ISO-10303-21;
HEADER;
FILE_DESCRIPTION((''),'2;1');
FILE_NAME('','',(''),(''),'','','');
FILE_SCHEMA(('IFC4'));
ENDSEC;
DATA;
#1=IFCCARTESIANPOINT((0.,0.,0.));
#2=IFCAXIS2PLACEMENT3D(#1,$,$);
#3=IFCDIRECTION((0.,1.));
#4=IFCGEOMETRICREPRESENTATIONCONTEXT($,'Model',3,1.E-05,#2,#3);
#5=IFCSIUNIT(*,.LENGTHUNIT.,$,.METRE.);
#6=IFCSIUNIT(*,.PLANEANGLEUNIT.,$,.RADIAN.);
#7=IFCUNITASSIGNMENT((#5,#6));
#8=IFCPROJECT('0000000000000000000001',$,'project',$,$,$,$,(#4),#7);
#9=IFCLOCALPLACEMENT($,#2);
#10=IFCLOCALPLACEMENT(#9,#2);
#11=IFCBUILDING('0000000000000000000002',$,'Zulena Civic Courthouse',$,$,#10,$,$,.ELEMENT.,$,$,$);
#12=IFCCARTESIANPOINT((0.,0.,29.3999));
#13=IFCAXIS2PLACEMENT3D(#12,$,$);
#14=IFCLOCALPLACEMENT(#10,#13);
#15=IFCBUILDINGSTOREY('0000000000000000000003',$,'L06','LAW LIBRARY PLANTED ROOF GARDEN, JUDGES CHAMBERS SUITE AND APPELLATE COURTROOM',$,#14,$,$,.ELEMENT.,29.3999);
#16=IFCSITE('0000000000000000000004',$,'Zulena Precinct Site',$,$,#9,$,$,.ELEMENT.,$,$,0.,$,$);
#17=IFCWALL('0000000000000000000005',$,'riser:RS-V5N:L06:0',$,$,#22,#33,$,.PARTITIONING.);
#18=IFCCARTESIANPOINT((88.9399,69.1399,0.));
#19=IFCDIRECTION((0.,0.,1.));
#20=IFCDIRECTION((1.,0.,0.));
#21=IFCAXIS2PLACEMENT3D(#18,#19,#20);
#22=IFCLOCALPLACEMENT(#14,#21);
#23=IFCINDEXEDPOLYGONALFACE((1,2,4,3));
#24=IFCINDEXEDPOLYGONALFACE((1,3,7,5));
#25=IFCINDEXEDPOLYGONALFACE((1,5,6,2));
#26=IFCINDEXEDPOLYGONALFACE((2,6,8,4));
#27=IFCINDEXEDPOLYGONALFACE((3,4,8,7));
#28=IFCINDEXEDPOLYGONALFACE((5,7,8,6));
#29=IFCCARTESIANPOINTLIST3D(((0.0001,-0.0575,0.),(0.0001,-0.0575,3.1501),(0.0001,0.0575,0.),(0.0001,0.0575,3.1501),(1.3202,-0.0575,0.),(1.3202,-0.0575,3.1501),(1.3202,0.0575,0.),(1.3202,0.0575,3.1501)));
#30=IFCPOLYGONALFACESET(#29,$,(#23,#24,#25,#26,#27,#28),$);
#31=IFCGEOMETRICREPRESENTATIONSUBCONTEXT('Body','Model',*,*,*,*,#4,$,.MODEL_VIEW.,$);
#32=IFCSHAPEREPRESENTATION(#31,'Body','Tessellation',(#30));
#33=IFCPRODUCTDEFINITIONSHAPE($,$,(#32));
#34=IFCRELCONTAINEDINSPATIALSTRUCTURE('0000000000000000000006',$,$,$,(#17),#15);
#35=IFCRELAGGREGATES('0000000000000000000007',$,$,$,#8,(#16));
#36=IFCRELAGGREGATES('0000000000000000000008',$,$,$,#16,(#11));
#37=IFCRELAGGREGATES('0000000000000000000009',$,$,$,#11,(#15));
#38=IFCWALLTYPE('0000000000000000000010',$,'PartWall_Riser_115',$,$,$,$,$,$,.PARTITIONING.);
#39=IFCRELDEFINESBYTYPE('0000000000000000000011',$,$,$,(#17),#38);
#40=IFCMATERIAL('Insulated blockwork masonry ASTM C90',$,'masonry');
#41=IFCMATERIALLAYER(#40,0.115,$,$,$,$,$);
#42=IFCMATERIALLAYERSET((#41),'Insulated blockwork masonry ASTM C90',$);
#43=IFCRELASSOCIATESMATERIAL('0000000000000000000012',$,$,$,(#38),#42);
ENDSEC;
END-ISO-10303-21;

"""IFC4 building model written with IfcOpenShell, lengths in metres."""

from ifc_helpers import new_model, si_unit, direction, frame, frame_2d, origin, place, context, subcontext, project, spatial, rectangle, extrude, material, layer, layer_set, type_object, element, save


model = new_model("IFC4")

# Units and contexts
model_context = context("Model", 3, precision=1e-05, world=origin(), true_north=direction((0.0, 1.0)))
body_context = subcontext(model_context, "Body", "Model", "MODEL_VIEW")
ifc_project = project(units=[si_unit("LENGTHUNIT", "METRE"), si_unit("PLANEANGLEUNIT", "RADIAN")], contexts=[model_context])

# Site, building, storey
site_placement = place(None, origin())
site = spatial("IfcSite", under=ifc_project, at=site_placement, Name="Zulena Precinct Site", CompositionType="ELEMENT", RefElevation=0.0)
building_placement = place(site_placement, origin())
building = spatial("IfcBuilding", under=site, at=building_placement, Name="Zulena Civic Courthouse", CompositionType="ELEMENT")
storey_placement = place(building_placement, frame((0.0, 0.0, 29.3999)))
storey = spatial("IfcBuildingStorey", under=building, at=storey_placement, Name="L06", Description="LAW LIBRARY PLANTED ROOF GARDEN, JUDGES CHAMBERS SUITE AND APPELLATE COURTROOM", CompositionType="ELEMENT", Elevation=29.3999)

# Wall
ifc_material_1 = material(Name="Insulated blockwork masonry ASTM C90", Category="masonry")
ifc_layer_1 = layer(ifc_material_1, 0.115)
ifc_layer_set_1 = layer_set([ifc_layer_1], Name="Insulated blockwork masonry ASTM C90")
wall_type_1 = type_object("IfcWallType", Name="PartWall_Riser_115", PredefinedType="PARTITIONING", material=ifc_layer_set_1)
for number, where, z_axis, x_axis, name in (
    (1, (88.9399, 69.1399, 0.0), (0.0, 0.0, 1.0), (1.0, 0.0, 0.0), "riser:RS-V5N:L06:0"),
):
    element("IfcWall", number, at=place(storey_placement, frame(where, z_axis=z_axis, x_axis=x_axis)), inside=storey, type_object=wall_type_1, Name=name, PredefinedType="PARTITIONING", context=body_context, shape_type="SweptSolid", body=[
        extrude(rectangle(XDim=1.3201, YDim=0.115, at=frame_2d((0.6602, 0.0))), origin(), (0.0, 0.0, 1.0), 3.1501),
    ])

save(model, "model.ifc")
